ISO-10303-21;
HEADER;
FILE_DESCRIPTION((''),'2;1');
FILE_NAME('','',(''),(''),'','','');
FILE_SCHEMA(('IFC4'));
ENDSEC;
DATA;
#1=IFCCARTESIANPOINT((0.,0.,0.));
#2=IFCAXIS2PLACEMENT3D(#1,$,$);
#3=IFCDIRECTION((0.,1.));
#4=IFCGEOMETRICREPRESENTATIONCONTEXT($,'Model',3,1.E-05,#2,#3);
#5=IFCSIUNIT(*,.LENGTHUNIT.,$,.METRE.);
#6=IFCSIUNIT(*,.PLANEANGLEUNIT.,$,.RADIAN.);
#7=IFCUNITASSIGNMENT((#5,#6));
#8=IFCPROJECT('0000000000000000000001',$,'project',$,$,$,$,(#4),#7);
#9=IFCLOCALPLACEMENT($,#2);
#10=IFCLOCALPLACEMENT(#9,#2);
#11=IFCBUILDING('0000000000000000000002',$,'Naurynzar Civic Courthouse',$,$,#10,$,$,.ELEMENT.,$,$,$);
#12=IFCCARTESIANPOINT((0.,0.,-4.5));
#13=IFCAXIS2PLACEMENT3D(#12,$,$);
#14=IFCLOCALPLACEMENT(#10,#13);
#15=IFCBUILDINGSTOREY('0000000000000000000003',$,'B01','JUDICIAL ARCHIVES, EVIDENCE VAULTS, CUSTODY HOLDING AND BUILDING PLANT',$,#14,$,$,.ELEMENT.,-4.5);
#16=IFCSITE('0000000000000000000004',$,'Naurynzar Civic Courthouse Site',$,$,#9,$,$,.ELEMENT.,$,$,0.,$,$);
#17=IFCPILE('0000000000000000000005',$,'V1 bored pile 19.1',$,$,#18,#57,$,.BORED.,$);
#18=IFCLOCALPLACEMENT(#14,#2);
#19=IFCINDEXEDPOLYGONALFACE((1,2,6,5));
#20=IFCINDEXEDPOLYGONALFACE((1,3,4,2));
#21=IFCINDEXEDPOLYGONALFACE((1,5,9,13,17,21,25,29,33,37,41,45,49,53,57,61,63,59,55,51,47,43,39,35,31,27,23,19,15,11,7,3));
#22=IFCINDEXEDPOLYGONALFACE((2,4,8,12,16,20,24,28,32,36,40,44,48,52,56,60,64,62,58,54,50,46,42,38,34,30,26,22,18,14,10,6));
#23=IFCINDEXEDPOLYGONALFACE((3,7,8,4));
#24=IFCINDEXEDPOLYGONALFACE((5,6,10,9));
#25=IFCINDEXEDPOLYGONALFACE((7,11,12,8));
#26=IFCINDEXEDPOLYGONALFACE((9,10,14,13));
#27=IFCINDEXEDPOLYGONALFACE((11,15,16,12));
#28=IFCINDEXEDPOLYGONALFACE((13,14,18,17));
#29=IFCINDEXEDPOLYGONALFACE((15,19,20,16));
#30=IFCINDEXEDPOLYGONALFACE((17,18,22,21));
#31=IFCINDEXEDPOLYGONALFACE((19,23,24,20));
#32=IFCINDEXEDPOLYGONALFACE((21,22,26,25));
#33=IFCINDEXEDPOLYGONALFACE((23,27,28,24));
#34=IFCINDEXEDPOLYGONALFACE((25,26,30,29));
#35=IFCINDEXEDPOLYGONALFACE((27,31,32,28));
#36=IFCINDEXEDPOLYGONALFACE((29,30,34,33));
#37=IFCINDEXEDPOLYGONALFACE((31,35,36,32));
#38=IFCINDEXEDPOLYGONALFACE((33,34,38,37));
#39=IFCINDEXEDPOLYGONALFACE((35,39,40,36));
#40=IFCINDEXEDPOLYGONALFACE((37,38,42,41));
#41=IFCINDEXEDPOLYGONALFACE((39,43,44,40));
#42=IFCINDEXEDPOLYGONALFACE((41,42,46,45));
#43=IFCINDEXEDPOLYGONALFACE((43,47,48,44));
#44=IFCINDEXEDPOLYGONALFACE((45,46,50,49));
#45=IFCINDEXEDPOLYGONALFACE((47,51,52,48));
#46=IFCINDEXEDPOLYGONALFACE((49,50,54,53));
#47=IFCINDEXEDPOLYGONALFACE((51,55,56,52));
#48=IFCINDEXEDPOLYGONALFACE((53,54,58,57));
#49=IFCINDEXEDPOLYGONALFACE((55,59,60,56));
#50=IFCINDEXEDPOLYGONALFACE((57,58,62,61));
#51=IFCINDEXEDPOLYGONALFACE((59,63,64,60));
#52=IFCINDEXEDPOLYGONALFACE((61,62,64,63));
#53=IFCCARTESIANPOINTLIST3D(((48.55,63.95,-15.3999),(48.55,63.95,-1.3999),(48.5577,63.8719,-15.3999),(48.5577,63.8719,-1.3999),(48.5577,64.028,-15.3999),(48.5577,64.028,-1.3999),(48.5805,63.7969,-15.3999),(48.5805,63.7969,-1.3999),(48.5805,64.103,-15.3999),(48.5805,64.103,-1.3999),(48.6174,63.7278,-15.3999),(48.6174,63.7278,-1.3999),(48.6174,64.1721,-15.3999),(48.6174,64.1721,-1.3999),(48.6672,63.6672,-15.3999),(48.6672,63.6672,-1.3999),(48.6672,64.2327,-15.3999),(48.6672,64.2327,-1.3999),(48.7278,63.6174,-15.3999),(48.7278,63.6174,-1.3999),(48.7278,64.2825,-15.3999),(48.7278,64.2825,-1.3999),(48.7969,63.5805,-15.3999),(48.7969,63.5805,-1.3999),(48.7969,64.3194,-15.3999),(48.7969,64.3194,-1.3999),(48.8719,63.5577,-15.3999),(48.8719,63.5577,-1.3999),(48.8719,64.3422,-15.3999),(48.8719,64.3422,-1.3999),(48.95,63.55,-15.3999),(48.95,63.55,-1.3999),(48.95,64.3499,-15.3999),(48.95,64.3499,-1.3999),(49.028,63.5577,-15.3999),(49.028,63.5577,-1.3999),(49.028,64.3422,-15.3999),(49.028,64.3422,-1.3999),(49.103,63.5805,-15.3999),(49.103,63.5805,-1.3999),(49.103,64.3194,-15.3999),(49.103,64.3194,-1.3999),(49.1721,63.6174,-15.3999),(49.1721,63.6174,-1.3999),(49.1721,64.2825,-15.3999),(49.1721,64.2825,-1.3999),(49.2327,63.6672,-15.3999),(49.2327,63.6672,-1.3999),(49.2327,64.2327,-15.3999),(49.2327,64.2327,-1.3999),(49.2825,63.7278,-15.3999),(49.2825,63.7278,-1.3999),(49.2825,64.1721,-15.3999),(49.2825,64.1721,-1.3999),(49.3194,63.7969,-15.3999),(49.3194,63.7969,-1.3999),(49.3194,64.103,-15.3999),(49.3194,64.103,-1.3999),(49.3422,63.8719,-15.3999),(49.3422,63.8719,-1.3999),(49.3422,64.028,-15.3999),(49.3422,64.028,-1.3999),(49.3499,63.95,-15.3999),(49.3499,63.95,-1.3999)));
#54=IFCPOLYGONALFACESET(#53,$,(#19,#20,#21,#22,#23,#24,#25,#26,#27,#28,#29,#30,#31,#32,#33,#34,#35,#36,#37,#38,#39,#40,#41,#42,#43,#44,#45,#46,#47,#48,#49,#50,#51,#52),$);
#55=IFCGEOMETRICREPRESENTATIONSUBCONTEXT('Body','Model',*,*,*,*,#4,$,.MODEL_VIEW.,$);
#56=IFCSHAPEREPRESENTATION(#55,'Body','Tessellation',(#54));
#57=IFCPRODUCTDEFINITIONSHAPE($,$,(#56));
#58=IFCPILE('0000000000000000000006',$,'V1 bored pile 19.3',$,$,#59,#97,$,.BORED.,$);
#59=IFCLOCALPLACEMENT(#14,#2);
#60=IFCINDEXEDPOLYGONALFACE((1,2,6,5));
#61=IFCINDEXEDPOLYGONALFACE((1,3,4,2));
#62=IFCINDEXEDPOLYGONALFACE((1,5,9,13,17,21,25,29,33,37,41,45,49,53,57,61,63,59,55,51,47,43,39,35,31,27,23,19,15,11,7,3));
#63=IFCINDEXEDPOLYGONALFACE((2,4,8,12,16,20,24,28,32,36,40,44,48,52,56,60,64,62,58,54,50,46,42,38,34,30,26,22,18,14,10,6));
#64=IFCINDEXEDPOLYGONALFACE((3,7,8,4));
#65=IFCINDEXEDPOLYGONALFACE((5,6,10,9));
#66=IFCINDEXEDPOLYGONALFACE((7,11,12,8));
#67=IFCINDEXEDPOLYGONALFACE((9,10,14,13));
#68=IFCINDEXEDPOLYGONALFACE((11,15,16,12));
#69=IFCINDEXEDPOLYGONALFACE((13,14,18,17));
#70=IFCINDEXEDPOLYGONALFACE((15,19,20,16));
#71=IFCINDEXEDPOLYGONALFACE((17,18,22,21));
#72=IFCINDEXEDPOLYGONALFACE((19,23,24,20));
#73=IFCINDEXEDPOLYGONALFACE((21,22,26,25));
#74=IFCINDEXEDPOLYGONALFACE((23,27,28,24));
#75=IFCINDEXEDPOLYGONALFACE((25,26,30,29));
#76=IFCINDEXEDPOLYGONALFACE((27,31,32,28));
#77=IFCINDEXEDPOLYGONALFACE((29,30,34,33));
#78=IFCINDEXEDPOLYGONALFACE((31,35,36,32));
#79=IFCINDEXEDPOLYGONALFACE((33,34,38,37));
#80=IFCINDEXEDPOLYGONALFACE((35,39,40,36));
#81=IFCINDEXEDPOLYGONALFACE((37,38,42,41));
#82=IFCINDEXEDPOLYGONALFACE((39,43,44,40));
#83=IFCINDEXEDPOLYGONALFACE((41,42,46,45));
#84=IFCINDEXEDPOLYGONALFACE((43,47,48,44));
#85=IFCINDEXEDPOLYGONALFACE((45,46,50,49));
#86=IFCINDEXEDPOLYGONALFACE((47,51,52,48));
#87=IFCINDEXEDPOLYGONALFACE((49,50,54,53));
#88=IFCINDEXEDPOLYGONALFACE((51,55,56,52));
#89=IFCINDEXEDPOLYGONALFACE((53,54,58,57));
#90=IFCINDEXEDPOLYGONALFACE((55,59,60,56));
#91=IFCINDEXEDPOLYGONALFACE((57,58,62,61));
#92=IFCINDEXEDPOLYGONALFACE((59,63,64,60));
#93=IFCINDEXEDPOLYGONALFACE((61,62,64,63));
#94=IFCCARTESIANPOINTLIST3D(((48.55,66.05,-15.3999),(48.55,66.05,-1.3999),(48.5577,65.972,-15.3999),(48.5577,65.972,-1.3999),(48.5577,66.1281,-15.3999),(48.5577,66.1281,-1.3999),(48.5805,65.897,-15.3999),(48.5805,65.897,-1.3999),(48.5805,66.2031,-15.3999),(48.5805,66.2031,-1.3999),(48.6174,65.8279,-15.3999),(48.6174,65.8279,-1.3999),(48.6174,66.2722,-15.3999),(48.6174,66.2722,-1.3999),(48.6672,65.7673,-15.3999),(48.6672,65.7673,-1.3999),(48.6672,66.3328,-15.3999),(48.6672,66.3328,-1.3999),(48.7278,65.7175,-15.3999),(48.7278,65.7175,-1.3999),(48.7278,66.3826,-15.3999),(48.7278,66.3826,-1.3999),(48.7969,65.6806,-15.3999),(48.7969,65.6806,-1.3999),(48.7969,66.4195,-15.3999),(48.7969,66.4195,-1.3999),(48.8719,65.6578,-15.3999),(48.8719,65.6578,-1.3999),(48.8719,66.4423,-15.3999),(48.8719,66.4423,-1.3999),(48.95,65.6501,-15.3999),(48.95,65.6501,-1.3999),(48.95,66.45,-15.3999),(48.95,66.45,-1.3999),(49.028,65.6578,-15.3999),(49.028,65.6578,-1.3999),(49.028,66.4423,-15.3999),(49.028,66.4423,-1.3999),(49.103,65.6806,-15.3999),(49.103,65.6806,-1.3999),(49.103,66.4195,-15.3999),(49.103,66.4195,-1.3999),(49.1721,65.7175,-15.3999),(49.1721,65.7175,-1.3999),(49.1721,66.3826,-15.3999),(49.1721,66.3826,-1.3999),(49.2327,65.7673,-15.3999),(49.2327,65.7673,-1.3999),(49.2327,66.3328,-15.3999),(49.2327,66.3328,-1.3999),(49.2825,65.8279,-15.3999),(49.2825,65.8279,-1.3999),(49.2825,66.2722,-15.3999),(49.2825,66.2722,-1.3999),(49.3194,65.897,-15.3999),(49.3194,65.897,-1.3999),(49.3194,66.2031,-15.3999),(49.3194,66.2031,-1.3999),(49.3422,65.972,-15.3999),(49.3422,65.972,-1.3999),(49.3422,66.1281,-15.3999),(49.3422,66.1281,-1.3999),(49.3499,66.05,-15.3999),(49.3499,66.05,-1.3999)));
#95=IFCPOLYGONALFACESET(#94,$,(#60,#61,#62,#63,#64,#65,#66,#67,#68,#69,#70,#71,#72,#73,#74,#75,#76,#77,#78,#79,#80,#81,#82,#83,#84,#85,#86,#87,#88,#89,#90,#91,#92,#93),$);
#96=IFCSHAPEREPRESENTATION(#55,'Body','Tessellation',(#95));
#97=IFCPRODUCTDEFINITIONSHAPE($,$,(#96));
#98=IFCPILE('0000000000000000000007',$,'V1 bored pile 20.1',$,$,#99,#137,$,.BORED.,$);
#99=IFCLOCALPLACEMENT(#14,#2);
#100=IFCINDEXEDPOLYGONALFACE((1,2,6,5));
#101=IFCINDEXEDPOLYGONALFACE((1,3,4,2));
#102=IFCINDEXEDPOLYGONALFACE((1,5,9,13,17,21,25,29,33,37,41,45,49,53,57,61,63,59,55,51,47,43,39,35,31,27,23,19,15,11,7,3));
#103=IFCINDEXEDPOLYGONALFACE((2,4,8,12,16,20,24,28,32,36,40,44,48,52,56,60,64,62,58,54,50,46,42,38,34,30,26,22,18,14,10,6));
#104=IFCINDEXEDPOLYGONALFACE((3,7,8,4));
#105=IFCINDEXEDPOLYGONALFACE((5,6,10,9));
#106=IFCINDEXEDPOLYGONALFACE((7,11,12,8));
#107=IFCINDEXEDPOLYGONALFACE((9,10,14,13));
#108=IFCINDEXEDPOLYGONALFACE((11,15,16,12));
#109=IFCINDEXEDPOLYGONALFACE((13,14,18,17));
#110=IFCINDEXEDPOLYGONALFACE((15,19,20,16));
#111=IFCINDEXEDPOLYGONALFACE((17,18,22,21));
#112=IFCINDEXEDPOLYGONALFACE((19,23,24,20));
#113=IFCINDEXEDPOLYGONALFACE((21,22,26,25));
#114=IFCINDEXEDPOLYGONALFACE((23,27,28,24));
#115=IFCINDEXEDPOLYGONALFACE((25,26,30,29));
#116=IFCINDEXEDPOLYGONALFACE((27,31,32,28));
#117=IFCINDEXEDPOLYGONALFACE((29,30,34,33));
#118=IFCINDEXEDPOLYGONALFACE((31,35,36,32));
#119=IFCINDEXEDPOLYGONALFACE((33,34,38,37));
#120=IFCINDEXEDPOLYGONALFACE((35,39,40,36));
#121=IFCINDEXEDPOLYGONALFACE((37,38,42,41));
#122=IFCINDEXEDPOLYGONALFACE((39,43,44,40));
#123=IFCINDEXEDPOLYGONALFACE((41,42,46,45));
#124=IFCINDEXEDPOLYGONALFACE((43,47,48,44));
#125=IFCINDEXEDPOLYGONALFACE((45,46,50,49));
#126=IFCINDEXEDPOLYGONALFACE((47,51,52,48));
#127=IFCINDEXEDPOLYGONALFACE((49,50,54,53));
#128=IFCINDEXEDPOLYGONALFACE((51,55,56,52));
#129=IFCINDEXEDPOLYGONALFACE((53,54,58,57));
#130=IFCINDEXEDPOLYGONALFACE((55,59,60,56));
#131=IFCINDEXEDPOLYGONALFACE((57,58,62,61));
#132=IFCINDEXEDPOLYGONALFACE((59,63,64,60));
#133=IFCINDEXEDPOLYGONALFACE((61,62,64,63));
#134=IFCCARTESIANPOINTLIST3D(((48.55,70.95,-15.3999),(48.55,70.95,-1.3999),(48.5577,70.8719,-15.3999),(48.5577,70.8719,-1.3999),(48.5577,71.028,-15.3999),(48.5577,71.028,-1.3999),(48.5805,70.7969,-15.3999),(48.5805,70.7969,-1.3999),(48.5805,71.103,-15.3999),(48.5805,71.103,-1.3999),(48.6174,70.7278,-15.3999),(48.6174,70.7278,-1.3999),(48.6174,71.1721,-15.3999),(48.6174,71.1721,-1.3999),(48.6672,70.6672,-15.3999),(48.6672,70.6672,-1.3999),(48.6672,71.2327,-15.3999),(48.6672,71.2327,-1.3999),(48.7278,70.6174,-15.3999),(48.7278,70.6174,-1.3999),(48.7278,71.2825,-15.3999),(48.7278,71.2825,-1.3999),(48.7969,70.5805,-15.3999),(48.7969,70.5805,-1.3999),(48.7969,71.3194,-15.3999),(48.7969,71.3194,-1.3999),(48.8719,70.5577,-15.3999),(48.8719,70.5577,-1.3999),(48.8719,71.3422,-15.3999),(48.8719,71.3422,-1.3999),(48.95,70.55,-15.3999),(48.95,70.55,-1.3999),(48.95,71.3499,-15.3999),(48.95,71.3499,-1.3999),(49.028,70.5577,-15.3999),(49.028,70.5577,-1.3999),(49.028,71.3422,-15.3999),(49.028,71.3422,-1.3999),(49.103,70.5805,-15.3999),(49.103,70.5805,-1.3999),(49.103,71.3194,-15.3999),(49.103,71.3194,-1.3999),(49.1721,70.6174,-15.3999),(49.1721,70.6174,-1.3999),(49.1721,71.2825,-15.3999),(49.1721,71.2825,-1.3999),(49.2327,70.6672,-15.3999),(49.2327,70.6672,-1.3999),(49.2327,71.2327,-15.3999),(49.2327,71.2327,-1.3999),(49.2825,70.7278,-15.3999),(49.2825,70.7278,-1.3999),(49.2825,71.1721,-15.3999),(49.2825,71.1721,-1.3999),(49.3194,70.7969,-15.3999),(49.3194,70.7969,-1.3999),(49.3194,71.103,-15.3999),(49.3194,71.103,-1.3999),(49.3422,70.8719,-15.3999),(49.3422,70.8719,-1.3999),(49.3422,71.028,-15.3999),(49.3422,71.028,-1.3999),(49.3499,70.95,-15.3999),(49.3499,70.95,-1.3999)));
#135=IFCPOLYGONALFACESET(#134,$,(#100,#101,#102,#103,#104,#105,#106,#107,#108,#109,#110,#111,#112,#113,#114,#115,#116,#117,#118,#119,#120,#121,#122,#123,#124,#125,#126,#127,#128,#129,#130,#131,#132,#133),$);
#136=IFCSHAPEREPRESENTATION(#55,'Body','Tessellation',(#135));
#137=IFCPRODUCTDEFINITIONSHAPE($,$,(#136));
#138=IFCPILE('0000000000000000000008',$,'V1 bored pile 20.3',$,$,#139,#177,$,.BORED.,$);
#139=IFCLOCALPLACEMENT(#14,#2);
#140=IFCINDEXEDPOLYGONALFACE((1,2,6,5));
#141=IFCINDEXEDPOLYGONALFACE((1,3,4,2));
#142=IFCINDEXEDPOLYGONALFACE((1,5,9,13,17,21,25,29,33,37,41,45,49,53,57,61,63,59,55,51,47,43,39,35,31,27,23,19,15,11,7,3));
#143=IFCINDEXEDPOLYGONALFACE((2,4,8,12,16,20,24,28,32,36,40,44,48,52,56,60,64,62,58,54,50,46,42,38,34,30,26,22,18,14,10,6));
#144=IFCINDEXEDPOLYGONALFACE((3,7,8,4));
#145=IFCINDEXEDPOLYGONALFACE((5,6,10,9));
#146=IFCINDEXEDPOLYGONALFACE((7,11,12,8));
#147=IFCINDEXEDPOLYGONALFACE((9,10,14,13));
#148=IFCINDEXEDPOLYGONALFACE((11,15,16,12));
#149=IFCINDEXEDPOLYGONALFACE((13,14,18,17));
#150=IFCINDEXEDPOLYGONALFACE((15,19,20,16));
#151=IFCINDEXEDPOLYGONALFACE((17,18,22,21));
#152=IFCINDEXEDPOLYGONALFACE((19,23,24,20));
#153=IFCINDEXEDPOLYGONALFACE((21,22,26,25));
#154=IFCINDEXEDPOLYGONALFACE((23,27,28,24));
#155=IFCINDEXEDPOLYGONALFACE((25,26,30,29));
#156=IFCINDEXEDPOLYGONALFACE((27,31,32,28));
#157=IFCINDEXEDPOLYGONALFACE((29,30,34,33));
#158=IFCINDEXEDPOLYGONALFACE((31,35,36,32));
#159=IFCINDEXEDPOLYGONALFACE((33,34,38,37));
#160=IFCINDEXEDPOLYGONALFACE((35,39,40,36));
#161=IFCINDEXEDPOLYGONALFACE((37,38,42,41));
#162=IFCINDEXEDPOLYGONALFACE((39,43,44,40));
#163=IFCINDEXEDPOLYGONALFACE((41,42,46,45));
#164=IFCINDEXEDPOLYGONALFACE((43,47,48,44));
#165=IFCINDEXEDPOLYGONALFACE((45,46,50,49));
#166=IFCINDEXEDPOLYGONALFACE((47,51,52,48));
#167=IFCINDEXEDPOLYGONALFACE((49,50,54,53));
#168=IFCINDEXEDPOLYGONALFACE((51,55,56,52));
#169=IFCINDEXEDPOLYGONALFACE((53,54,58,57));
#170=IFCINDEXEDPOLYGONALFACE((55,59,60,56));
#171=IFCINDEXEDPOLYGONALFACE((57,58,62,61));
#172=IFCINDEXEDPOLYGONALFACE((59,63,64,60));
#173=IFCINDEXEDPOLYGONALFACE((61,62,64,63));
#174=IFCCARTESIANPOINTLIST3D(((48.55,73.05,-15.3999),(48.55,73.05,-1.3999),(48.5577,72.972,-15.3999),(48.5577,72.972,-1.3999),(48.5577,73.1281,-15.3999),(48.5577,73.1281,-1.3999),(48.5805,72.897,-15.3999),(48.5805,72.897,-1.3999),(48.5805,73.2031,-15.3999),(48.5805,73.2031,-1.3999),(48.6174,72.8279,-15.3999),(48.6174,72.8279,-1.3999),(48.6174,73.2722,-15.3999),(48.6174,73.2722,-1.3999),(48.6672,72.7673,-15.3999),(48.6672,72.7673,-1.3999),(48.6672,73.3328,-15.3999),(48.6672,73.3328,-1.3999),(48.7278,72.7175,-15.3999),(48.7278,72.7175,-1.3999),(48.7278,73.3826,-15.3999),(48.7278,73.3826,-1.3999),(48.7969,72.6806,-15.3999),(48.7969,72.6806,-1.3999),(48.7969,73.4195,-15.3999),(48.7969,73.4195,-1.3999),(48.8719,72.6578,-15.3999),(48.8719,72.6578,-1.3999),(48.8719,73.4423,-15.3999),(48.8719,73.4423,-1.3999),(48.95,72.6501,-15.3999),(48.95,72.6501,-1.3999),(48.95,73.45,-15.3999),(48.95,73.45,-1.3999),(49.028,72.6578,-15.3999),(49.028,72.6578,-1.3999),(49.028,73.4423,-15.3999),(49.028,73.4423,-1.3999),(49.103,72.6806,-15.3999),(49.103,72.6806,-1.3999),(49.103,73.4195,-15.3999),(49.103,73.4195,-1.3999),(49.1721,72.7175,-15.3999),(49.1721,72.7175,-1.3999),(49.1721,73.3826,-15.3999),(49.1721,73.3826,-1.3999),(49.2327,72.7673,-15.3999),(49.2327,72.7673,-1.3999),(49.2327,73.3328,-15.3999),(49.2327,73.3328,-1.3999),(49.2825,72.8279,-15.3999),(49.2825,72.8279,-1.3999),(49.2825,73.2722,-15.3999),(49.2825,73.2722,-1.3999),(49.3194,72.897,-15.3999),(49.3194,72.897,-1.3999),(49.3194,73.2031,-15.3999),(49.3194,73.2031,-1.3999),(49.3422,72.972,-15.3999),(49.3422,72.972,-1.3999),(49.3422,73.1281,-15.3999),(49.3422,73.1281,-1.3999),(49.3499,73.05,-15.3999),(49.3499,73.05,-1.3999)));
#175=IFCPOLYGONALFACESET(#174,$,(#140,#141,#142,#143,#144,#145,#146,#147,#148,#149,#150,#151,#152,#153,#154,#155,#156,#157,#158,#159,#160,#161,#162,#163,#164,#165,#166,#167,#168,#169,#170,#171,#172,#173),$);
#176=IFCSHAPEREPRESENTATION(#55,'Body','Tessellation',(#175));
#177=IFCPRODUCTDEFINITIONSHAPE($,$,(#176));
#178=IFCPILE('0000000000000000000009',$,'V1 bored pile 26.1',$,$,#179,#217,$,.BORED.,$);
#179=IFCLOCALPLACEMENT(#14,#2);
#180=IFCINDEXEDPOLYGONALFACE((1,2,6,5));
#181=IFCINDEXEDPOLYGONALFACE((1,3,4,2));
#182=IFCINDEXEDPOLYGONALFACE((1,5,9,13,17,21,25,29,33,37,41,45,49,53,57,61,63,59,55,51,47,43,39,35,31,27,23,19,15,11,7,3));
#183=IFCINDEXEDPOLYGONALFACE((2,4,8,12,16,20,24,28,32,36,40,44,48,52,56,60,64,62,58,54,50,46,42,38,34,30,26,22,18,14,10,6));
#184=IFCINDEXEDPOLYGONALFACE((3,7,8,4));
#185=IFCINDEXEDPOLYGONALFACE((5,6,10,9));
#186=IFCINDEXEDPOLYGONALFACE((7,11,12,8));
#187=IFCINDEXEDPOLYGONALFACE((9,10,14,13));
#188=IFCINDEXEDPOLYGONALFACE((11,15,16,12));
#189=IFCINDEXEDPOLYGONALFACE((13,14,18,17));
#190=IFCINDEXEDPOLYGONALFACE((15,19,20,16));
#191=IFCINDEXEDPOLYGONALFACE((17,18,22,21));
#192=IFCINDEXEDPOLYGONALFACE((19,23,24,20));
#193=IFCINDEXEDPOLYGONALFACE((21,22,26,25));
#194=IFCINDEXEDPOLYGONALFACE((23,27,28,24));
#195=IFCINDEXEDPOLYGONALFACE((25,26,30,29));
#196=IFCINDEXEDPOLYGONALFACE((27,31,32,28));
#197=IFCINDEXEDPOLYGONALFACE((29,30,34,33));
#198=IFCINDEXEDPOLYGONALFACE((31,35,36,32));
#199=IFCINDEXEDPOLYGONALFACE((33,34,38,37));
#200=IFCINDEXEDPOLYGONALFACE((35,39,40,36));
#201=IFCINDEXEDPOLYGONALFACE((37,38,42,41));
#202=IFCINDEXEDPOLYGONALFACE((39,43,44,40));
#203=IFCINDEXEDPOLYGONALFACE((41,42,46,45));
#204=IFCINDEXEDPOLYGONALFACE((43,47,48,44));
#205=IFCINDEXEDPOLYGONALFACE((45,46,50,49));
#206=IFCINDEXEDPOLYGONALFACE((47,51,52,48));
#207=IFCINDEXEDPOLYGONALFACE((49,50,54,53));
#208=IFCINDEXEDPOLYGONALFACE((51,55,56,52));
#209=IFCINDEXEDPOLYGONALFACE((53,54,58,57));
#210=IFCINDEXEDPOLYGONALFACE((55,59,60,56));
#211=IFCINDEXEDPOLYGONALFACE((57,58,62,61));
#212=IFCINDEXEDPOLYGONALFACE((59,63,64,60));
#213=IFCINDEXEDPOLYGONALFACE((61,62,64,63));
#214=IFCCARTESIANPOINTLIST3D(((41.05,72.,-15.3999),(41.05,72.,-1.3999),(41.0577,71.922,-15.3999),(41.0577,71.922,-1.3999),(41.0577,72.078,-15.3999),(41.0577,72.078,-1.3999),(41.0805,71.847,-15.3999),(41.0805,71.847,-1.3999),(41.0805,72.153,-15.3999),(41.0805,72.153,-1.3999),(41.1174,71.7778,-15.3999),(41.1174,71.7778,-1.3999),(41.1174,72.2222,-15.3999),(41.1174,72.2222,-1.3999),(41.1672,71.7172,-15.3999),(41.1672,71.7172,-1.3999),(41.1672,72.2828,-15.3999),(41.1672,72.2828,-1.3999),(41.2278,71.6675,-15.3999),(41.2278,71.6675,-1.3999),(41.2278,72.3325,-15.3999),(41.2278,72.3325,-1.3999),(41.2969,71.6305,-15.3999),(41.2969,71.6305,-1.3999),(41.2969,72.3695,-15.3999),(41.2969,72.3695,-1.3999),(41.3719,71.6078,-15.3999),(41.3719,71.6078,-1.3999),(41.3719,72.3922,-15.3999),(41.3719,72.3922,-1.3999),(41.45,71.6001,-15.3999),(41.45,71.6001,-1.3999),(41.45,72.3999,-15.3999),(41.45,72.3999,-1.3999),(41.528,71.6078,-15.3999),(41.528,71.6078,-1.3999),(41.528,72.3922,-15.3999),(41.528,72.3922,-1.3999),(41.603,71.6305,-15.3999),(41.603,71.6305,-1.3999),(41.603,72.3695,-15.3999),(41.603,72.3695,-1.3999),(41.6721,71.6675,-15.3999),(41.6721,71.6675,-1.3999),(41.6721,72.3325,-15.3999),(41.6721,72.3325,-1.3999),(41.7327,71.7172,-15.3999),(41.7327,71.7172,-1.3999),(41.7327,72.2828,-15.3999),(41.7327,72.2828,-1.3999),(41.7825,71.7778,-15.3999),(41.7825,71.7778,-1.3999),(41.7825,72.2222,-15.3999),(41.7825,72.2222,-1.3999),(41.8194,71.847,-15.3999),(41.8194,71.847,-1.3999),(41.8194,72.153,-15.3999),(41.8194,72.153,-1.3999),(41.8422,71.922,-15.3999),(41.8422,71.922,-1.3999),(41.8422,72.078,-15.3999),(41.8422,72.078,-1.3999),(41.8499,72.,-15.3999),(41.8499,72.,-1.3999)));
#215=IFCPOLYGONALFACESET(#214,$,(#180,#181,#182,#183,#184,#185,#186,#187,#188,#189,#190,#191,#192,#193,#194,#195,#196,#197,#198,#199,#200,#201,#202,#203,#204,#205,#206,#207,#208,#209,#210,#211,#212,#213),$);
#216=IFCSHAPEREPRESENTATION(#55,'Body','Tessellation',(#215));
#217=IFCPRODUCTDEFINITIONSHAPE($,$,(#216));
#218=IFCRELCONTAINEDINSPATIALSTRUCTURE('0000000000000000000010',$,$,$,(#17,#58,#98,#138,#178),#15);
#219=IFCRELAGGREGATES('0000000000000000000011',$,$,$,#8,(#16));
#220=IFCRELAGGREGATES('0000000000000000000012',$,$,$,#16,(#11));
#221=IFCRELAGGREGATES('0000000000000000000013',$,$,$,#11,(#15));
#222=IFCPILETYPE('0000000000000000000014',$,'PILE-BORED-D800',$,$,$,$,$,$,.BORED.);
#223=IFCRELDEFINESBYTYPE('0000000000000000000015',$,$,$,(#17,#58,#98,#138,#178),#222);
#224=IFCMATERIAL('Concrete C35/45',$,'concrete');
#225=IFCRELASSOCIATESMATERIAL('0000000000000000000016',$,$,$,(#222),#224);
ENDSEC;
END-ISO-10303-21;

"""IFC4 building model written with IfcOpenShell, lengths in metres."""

from ifc_helpers import new_model, si_unit, direction, frame, origin, origin_2d, place, context, subcontext, project, spatial, circle, extrude, material, material_profile, profile_set, type_object, element, save


model = new_model("IFC4")

# Units and contexts
model_context = context("Model", 3, precision=1e-05, world=origin(), true_north=direction((0.0, 1.0)))
body_context = subcontext(model_context, "Body", "Model", "MODEL_VIEW")
ifc_project = project(units=[si_unit("LENGTHUNIT", "METRE"), si_unit("PLANEANGLEUNIT", "RADIAN")], contexts=[model_context])

# Site, building, storey
site_placement = place(None, origin())
site = spatial("IfcSite", under=ifc_project, at=site_placement, Name="Naurynzar Civic Courthouse Site", CompositionType="ELEMENT", RefElevation=0.0)
building_placement = place(site_placement, origin())
building = spatial("IfcBuilding", under=site, at=building_placement, Name="Naurynzar Civic Courthouse", CompositionType="ELEMENT")
storey_placement = place(building_placement, frame((0.0, 0.0, -4.5)))
storey = spatial("IfcBuildingStorey", under=building, at=storey_placement, Name="B01", Description="JUDICIAL ARCHIVES, EVIDENCE VAULTS, CUSTODY HOLDING AND BUILDING PLANT", CompositionType="ELEMENT", Elevation=-4.5)

# Piles
ifc_material_1 = material(Name="Concrete C35/45", Category="concrete")
ifc_material_profile_1 = material_profile(ifc_material_1, circle(Radius=0.3999, at=origin_2d()), Name="PILE D800")
ifc_profile_set_1 = profile_set([ifc_material_profile_1], Name="Concrete C35/45")
pile_type = type_object("IfcPileType", Name="PILE-BORED-D800", PredefinedType="BORED", material=ifc_profile_set_1)
for number, where, z_axis, x_axis, name in (
    (1, (48.95, 63.95, -1.3999), (0.0, 0.0, -1.0), (1.0, 0.0, 0.0), "V1 bored pile 19.1"),
    (2, (48.95, 66.05, -1.3999), (0.0, 0.0, -1.0), (1.0, 0.0, 0.0), "V1 bored pile 19.3"),
    (3, (48.95, 70.95, -1.3999), (0.0, 0.0, -1.0), (1.0, 0.0, 0.0), "V1 bored pile 20.1"),
    (4, (48.95, 73.05, -1.3999), (0.0, 0.0, -1.0), (1.0, 0.0, 0.0), "V1 bored pile 20.3"),
    (5, (41.45, 72.0, -1.3999), (0.0, 0.0, -1.0), (1.0, 0.0, 0.0), "V1 bored pile 26.1"),
):
    element("IfcPile", number, at=place(storey_placement, frame(where, z_axis=z_axis, x_axis=x_axis)), inside=storey, type_object=pile_type, Name=name, PredefinedType="BORED", context=body_context, shape_type="SweptSolid", body=[
        extrude(circle(Radius=0.3999, at=origin_2d()), origin(), (0.0, 0.0, 1.0), 14.0),
    ])

save(model, "model.ifc")
